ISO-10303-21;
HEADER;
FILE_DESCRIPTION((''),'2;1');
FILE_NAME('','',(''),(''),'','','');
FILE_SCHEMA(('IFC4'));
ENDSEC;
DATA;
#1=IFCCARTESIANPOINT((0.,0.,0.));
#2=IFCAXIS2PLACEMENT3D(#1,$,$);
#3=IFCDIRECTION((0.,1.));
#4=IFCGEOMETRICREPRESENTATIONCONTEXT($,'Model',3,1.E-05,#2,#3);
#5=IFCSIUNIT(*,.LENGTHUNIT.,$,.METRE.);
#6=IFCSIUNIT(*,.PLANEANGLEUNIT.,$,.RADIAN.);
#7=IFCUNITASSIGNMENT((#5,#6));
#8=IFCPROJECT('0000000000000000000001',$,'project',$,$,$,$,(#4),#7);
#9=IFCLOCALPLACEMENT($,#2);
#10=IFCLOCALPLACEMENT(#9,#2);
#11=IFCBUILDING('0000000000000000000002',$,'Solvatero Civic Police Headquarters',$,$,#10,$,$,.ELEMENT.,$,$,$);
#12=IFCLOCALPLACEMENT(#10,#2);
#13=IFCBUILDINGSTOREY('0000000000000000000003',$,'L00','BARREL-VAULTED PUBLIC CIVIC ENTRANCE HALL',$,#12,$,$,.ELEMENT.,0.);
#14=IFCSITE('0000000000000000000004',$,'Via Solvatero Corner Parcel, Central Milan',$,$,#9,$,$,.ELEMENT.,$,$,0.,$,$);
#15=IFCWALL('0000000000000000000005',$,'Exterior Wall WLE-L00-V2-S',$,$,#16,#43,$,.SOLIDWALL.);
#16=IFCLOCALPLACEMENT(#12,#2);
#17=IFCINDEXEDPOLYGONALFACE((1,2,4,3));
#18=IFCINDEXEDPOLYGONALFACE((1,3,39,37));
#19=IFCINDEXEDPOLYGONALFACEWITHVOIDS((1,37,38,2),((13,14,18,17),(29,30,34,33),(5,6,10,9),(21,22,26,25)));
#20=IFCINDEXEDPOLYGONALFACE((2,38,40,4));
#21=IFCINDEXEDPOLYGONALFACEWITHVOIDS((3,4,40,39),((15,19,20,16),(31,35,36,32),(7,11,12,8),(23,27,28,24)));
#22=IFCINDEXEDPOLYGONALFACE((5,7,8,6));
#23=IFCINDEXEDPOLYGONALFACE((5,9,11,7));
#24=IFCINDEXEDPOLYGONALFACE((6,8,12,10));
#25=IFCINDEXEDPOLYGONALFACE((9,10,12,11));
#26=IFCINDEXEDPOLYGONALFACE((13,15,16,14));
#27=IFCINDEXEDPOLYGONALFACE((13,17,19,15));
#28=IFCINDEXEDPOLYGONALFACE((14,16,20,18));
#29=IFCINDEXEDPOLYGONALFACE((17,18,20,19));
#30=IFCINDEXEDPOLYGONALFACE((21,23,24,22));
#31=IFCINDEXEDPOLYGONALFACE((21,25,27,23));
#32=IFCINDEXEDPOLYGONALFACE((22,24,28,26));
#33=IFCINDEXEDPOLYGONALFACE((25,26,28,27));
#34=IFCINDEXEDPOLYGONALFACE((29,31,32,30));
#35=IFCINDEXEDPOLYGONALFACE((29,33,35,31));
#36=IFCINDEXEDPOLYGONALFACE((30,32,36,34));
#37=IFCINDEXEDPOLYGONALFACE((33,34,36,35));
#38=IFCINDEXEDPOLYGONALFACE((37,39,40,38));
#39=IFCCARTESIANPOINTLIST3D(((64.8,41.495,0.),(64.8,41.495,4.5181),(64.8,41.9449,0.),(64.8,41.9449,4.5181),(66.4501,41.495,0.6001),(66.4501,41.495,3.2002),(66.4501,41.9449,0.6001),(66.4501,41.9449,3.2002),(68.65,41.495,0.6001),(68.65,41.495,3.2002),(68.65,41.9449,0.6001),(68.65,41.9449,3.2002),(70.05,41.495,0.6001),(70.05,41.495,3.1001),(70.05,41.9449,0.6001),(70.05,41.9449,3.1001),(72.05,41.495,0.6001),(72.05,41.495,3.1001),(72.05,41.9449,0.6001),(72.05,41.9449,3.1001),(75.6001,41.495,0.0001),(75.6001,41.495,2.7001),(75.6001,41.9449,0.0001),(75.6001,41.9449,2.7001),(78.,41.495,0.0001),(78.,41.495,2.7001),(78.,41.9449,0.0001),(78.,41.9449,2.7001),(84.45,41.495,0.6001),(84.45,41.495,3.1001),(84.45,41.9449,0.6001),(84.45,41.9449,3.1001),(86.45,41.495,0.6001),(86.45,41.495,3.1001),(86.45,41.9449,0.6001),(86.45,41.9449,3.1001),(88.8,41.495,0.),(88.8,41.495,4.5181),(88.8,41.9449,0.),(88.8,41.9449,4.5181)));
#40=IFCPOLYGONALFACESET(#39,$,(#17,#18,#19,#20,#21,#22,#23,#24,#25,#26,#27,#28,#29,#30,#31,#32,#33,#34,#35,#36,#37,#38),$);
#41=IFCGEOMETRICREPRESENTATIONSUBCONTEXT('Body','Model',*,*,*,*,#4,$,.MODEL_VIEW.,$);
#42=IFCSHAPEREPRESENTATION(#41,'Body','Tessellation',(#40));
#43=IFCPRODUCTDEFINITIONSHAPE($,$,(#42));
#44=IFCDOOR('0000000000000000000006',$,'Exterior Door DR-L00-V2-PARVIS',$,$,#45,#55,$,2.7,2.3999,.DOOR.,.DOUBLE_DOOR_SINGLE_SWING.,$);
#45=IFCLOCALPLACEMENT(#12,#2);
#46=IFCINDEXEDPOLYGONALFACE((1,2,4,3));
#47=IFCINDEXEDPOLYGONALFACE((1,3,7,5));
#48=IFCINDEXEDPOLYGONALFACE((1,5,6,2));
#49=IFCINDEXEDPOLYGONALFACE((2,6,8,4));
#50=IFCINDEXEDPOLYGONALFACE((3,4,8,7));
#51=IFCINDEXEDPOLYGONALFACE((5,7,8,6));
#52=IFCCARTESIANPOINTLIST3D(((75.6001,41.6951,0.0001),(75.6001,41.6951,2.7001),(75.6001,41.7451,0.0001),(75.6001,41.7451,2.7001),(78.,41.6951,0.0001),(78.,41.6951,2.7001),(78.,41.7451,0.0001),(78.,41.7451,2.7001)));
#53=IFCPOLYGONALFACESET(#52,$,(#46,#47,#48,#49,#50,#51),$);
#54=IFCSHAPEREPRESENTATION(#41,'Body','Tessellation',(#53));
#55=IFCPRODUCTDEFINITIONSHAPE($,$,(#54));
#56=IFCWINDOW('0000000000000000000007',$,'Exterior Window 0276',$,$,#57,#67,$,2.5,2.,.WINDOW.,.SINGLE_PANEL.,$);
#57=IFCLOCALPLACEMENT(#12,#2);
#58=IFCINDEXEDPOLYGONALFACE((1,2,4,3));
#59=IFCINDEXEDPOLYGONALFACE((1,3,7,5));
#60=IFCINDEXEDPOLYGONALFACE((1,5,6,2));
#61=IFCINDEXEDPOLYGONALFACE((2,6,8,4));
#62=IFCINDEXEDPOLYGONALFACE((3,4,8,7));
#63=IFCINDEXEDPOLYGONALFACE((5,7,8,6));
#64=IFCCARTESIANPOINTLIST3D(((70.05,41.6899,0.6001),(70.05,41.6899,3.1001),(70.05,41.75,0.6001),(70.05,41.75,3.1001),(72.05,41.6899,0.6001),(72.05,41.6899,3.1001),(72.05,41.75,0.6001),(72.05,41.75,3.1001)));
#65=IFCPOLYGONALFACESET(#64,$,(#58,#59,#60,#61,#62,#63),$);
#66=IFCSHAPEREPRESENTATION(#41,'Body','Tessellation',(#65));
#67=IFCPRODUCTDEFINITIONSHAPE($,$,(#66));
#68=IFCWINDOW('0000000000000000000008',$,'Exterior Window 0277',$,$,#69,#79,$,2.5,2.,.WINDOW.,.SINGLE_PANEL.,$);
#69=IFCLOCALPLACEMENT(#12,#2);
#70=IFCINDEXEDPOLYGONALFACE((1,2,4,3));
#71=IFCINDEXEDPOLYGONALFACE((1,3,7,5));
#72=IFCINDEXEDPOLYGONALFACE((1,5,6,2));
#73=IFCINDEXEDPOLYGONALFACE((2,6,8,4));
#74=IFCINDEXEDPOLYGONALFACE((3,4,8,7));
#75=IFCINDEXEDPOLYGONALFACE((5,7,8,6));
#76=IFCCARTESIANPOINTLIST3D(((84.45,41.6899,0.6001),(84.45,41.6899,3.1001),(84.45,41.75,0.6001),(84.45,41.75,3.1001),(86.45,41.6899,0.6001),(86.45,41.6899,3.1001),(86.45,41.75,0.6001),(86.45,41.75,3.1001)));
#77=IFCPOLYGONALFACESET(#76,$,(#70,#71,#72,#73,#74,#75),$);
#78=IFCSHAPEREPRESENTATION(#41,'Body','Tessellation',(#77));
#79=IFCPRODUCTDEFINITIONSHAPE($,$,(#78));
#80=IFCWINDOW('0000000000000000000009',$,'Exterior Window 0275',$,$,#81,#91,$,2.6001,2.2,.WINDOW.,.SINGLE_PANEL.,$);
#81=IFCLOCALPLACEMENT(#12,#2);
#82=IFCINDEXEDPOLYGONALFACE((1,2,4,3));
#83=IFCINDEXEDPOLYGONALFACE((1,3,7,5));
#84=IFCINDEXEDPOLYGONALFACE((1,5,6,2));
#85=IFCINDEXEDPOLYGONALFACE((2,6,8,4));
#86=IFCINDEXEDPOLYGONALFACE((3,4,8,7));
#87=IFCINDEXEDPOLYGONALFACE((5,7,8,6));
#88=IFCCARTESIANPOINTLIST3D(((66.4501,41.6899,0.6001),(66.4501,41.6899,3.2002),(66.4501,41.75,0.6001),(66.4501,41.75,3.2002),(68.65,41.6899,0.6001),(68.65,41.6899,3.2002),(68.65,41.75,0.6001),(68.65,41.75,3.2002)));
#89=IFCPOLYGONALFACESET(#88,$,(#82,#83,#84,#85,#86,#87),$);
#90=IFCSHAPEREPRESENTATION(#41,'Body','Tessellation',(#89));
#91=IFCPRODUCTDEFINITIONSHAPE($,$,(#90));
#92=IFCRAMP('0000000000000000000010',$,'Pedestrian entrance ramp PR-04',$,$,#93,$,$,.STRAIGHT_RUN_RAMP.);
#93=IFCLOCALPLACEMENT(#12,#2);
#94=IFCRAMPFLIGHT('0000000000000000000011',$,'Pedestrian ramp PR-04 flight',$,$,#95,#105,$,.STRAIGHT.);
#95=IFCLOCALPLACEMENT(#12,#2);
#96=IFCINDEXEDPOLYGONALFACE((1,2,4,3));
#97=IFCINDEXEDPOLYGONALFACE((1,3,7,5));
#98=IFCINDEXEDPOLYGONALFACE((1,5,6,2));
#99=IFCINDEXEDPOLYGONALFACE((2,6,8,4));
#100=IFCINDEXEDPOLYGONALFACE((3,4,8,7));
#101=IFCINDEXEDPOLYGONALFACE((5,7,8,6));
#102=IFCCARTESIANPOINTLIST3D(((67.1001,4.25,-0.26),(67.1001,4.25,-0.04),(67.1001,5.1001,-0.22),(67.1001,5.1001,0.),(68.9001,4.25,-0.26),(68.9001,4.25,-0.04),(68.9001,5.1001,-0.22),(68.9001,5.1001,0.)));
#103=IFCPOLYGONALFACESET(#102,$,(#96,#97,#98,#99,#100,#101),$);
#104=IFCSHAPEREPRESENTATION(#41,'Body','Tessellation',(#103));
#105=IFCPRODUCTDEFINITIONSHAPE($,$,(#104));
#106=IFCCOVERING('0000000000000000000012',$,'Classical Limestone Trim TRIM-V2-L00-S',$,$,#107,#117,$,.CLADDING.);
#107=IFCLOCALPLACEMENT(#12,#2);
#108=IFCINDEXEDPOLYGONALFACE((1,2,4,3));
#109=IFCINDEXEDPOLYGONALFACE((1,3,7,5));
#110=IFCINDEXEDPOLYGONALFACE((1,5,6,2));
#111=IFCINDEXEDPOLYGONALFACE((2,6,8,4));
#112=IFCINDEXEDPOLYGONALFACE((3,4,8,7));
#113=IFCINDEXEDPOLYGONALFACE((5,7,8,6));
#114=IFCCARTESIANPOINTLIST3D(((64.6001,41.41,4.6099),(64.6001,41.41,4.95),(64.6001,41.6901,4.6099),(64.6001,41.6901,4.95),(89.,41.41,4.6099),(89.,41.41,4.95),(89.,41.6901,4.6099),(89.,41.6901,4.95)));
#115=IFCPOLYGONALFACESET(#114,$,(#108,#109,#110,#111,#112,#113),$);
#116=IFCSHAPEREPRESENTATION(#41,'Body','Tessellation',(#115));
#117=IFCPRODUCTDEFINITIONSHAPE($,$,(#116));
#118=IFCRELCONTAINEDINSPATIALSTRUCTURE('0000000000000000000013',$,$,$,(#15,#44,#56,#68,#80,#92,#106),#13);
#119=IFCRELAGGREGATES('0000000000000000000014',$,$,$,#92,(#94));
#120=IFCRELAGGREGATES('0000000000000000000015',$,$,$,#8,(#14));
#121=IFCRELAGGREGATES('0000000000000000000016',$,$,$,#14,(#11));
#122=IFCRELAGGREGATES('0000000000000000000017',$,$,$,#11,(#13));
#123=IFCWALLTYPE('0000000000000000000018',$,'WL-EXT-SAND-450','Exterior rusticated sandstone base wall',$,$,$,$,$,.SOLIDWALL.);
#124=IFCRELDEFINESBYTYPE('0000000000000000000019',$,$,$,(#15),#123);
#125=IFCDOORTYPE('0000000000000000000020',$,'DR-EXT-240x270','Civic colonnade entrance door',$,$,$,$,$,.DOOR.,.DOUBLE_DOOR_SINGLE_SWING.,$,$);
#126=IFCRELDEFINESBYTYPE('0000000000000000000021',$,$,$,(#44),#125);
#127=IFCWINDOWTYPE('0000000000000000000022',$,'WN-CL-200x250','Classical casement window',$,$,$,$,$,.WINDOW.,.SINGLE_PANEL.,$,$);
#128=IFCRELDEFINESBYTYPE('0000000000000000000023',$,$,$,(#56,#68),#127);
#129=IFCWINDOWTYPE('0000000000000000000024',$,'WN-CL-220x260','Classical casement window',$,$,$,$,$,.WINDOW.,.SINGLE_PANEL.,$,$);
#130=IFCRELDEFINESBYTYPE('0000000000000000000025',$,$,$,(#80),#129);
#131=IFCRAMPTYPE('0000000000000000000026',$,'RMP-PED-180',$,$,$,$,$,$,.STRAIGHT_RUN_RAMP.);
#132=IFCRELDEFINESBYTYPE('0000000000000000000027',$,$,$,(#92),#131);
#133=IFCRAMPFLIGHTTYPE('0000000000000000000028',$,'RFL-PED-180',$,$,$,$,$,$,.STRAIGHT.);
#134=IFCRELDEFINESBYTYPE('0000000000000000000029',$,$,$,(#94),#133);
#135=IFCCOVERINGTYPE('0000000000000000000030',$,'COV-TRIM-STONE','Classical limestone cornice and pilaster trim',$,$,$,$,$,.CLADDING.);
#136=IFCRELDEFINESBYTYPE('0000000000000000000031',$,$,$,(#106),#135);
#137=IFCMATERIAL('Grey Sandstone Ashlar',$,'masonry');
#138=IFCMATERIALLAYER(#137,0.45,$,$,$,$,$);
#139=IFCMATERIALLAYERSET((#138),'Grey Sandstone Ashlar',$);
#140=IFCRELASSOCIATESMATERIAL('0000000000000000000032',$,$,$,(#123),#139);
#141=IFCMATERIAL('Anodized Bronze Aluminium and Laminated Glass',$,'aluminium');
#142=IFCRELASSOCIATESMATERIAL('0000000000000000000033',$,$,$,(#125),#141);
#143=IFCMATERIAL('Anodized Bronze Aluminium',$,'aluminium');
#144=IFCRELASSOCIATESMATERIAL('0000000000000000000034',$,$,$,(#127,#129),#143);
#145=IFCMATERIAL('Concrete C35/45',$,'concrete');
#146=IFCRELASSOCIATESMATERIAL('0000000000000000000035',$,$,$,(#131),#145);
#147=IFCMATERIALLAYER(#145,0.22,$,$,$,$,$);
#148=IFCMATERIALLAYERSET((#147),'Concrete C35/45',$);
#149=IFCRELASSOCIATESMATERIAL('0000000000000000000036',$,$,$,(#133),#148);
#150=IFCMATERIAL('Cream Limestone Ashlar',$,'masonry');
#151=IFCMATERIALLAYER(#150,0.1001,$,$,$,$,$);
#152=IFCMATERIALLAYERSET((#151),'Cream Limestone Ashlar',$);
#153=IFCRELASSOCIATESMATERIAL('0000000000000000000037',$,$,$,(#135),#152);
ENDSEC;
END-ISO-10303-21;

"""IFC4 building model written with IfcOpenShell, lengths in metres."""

from ifc_helpers import new_model, si_unit, direction, frame, frame_2d, origin, origin_2d, place, context, subcontext, project, spatial, polyline, rectangle, outline, extrude, material, layer, layer_set, type_object, element, fill, aggregate, save


model = new_model("IFC4")

# Units and contexts
model_context = context("Model", 3, precision=1e-05, world=origin(), true_north=direction((0.0, 1.0)))
body_context = subcontext(model_context, "Body", "Model", "MODEL_VIEW")
ifc_project = project(units=[si_unit("LENGTHUNIT", "METRE"), si_unit("PLANEANGLEUNIT", "RADIAN")], contexts=[model_context])

# Site, building, storey
site_placement = place(None, origin())
site = spatial("IfcSite", under=ifc_project, at=site_placement, Name="Via Solvatero Corner Parcel, Central Milan", CompositionType="ELEMENT", RefElevation=0.0)
building_placement = place(site_placement, origin())
building = spatial("IfcBuilding", under=site, at=building_placement, Name="Solvatero Civic Police Headquarters", CompositionType="ELEMENT")
storey_placement = place(building_placement, origin())
storey = spatial("IfcBuildingStorey", under=building, at=storey_placement, Name="L00", Description="BARREL-VAULTED PUBLIC CIVIC ENTRANCE HALL", CompositionType="ELEMENT", Elevation=0.0)

# Shared definitions
ifc_material_1 = material(Name="Anodized Bronze Aluminium", Category="aluminium")

# Wall, openings, door, windows
ifc_material_2 = material(Name="Grey Sandstone Ashlar", Category="masonry")
ifc_layer_1 = layer(ifc_material_2, 0.45)
ifc_layer_set_1 = layer_set([ifc_layer_1], Name="Grey Sandstone Ashlar")
wall_type = type_object("IfcWallType", Name="WL-EXT-SAND-450", Description="Exterior rusticated sandstone base wall", PredefinedType="SOLIDWALL", material=ifc_layer_set_1)
wall_placement = place(storey_placement, frame((64.8, 41.72, 0.0), z_axis=(0.0, 0.0, 1.0), x_axis=(1.0, 0.0, 0.0)))
wall = element("IfcWall", 1, at=wall_placement, inside=storey, type_object=wall_type, Name="Exterior Wall WLE-L00-V2-S", PredefinedType="SOLIDWALL", context=body_context, shape_type="SweptSolid", body=[
    extrude(rectangle(XDim=24.0, YDim=0.45, at=frame_2d((12.0, 0.0))), origin(), (0.0, 0.0, 1.0), 4.5181),
])
opening_1_placement = place(wall_placement, frame((13.2, 0.0, 0.0), z_axis=(0.0, 0.0, 1.0), x_axis=(-1.0, 0.0, 0.0)))
opening_1 = element("IfcOpeningElement", 2, at=opening_1_placement, cuts=wall, PredefinedType="OPENING", context=body_context, shape_type="SweptSolid", body=[
    extrude(rectangle(XDim=2.3999, YDim=2.7, at=frame_2d((1.2, 1.3501))), frame((0.0, 0.2349, 0.0), z_axis=(0.0, -1.0, 0.0), x_axis=(1.0, 0.0, 0.0)), (0.0, 0.0, 1.0), 0.47),
])
opening_2_placement = place(wall_placement, frame((1.6499, 0.0, 0.6001)))
opening_2 = element("IfcOpeningElement", 3, at=opening_2_placement, cuts=wall, PredefinedType="OPENING", context=body_context, shape_type="SweptSolid", body=[
    extrude(rectangle(XDim=2.2, YDim=2.6001, at=frame_2d((1.1001, 1.3))), frame((0.0, 0.2349, 0.0), z_axis=(0.0, -1.0, 0.0), x_axis=(1.0, 0.0, 0.0)), (0.0, 0.0, 1.0), 0.47),
])
opening_3_placement = place(wall_placement, frame((5.25, 0.0, 0.6001)))
opening_3 = element("IfcOpeningElement", 4, at=opening_3_placement, cuts=wall, PredefinedType="OPENING", context=body_context, shape_type="SweptSolid", body=[
    extrude(rectangle(XDim=2.0, YDim=2.5, at=frame_2d((1.0, 1.25))), frame((0.0, 0.2349, 0.0), z_axis=(0.0, -1.0, 0.0), x_axis=(1.0, 0.0, 0.0)), (0.0, 0.0, 1.0), 0.47),
])
opening_4_placement = place(wall_placement, frame((19.6499, 0.0, 0.6001)))
opening_4 = element("IfcOpeningElement", 5, at=opening_4_placement, cuts=wall, PredefinedType="OPENING", context=body_context, shape_type="SweptSolid", body=[
    extrude(rectangle(XDim=2.0, YDim=2.5, at=frame_2d((1.0, 1.25))), frame((0.0, 0.2349, 0.0), z_axis=(0.0, -1.0, 0.0), x_axis=(1.0, 0.0, 0.0)), (0.0, 0.0, 1.0), 0.47),
])
ifc_material_3 = material(Name="Anodized Bronze Aluminium and Laminated Glass", Category="aluminium")
door_type = type_object("IfcDoorType", Name="DR-EXT-240x270", Description="Civic colonnade entrance door", OperationType="DOUBLE_DOOR_SINGLE_SWING", PredefinedType="DOOR", material=ifc_material_3)
door_placement = place(opening_1_placement, origin())
door = element("IfcDoor", 6, at=door_placement, inside=storey, type_object=door_type, Name="Exterior Door DR-L00-V2-PARVIS", OperationType="DOUBLE_DOOR_SINGLE_SWING", OverallHeight=2.7, OverallWidth=2.3999, PredefinedType="DOOR", context=body_context, shape_type="SweptSolid", body=[
    extrude(rectangle(XDim=2.3999, YDim=2.7, at=frame_2d((1.2, 1.3501))), frame((0.0, 0.0249, 0.0), z_axis=(0.0, -1.0, 0.0), x_axis=(1.0, 0.0, 0.0)), (0.0, 0.0, 1.0), 0.05),
])
fill(opening_1, door)
window_type_1 = type_object("IfcWindowType", Name="WN-CL-200x250", Description="Classical casement window", PartitioningType="SINGLE_PANEL", PredefinedType="WINDOW", material=ifc_material_1)
window_1_placement = place(opening_3_placement, origin())
window_1 = element("IfcWindow", 7, at=window_1_placement, inside=storey, type_object=window_type_1, Name="Exterior Window 0276", OverallHeight=2.5, OverallWidth=2.0, PartitioningType="SINGLE_PANEL", PredefinedType="WINDOW", context=body_context, shape_type="SweptSolid", body=[
    extrude(rectangle(XDim=2.0, YDim=2.5, at=frame_2d((1.0, 1.25))), frame((0.0, 0.03, 0.0), z_axis=(0.0, -1.0, 0.0), x_axis=(1.0, 0.0, 0.0)), (0.0, 0.0, 1.0), 0.0601),
])
fill(opening_3, window_1)
window_2_placement = place(opening_4_placement, origin())
window_2 = element("IfcWindow", 8, at=window_2_placement, inside=storey, type_object=window_type_1, Name="Exterior Window 0277", OverallHeight=2.5, OverallWidth=2.0, PartitioningType="SINGLE_PANEL", PredefinedType="WINDOW", context=body_context, shape_type="SweptSolid", body=[
    extrude(rectangle(XDim=2.0, YDim=2.5, at=frame_2d((1.0, 1.25))), frame((0.0, 0.03, 0.0), z_axis=(0.0, -1.0, 0.0), x_axis=(1.0, 0.0, 0.0)), (0.0, 0.0, 1.0), 0.0601),
])
fill(opening_4, window_2)
window_type_2 = type_object("IfcWindowType", Name="WN-CL-220x260", Description="Classical casement window", PartitioningType="SINGLE_PANEL", PredefinedType="WINDOW", material=ifc_material_1)
window_3_placement = place(opening_2_placement, origin())
window_3 = element("IfcWindow", 9, at=window_3_placement, inside=storey, type_object=window_type_2, Name="Exterior Window 0275", OverallHeight=2.6001, OverallWidth=2.2, PartitioningType="SINGLE_PANEL", PredefinedType="WINDOW", context=body_context, shape_type="SweptSolid", body=[
    extrude(rectangle(XDim=2.2, YDim=2.6001, at=frame_2d((1.1001, 1.3))), frame((0.0, 0.03, 0.0), z_axis=(0.0, -1.0, 0.0), x_axis=(1.0, 0.0, 0.0)), (0.0, 0.0, 1.0), 0.0601),
])
fill(opening_2, window_3)

# Ramp, ramp flight
ifc_material_4 = material(Name="Concrete C35/45", Category="concrete")
ramp_type = type_object("IfcRampType", Name="RMP-PED-180", PredefinedType="STRAIGHT_RUN_RAMP", material=ifc_material_4)
ramp_placement = place(storey_placement, origin())
ramp = element("IfcRamp", 10, at=ramp_placement, inside=storey, type_object=ramp_type, Name="Pedestrian entrance ramp PR-04", PredefinedType="STRAIGHT_RUN_RAMP")
ifc_layer_2 = layer(ifc_material_4, 0.22)
ifc_layer_set_2 = layer_set([ifc_layer_2], Name="Concrete C35/45")
ramp_flight_type = type_object("IfcRampFlightType", Name="RFL-PED-180", PredefinedType="STRAIGHT", material=ifc_layer_set_2)
ramp_flight_placement = place(storey_placement, frame((68.0, 4.25, -0.04), z_axis=(0.0, 0.0, 1.0), x_axis=(0.0, 1.0, 0.0)))
ramp_flight = element("IfcRampFlight", 11, at=ramp_flight_placement, type_object=ramp_flight_type, Name="Pedestrian ramp PR-04 flight", PredefinedType="STRAIGHT", context=body_context, shape_type="SweptSolid", body=[
    extrude(outline(polyline([(0.0, 0.0), (0.8501, 0.04), (0.8501, -0.1799), (0.0, -0.22), (0.0, 0.0)])), frame((0.0, 0.8999, 0.0), z_axis=(0.0, -1.0, 0.0), x_axis=(1.0, 0.0, 0.0)), (0.0, 0.0, 1.0), 1.8),
])
aggregate(ramp, [ramp_flight])

# Covering
ifc_material_5 = material(Name="Cream Limestone Ashlar", Category="masonry")
ifc_layer_3 = layer(ifc_material_5, 0.1001)
ifc_layer_set_3 = layer_set([ifc_layer_3], Name="Cream Limestone Ashlar")
covering_type = type_object("IfcCoveringType", Name="COV-TRIM-STONE", Description="Classical limestone cornice and pilaster trim", PredefinedType="CLADDING", material=ifc_layer_set_3)
covering_placement = place(storey_placement, frame((76.8, 41.55, 4.6099), z_axis=(0.0, 0.0, 1.0), x_axis=(1.0, 0.0, 0.0)))
element("IfcCovering", 12, at=covering_placement, inside=storey, type_object=covering_type, Name="Classical Limestone Trim TRIM-V2-L00-S", PredefinedType="CLADDING", context=body_context, shape_type="SweptSolid", body=[
    extrude(rectangle(XDim=24.3999, YDim=0.28, at=origin_2d()), origin(), (0.0, 0.0, 1.0), 0.3401),
])

save(model, "model.ifc")
